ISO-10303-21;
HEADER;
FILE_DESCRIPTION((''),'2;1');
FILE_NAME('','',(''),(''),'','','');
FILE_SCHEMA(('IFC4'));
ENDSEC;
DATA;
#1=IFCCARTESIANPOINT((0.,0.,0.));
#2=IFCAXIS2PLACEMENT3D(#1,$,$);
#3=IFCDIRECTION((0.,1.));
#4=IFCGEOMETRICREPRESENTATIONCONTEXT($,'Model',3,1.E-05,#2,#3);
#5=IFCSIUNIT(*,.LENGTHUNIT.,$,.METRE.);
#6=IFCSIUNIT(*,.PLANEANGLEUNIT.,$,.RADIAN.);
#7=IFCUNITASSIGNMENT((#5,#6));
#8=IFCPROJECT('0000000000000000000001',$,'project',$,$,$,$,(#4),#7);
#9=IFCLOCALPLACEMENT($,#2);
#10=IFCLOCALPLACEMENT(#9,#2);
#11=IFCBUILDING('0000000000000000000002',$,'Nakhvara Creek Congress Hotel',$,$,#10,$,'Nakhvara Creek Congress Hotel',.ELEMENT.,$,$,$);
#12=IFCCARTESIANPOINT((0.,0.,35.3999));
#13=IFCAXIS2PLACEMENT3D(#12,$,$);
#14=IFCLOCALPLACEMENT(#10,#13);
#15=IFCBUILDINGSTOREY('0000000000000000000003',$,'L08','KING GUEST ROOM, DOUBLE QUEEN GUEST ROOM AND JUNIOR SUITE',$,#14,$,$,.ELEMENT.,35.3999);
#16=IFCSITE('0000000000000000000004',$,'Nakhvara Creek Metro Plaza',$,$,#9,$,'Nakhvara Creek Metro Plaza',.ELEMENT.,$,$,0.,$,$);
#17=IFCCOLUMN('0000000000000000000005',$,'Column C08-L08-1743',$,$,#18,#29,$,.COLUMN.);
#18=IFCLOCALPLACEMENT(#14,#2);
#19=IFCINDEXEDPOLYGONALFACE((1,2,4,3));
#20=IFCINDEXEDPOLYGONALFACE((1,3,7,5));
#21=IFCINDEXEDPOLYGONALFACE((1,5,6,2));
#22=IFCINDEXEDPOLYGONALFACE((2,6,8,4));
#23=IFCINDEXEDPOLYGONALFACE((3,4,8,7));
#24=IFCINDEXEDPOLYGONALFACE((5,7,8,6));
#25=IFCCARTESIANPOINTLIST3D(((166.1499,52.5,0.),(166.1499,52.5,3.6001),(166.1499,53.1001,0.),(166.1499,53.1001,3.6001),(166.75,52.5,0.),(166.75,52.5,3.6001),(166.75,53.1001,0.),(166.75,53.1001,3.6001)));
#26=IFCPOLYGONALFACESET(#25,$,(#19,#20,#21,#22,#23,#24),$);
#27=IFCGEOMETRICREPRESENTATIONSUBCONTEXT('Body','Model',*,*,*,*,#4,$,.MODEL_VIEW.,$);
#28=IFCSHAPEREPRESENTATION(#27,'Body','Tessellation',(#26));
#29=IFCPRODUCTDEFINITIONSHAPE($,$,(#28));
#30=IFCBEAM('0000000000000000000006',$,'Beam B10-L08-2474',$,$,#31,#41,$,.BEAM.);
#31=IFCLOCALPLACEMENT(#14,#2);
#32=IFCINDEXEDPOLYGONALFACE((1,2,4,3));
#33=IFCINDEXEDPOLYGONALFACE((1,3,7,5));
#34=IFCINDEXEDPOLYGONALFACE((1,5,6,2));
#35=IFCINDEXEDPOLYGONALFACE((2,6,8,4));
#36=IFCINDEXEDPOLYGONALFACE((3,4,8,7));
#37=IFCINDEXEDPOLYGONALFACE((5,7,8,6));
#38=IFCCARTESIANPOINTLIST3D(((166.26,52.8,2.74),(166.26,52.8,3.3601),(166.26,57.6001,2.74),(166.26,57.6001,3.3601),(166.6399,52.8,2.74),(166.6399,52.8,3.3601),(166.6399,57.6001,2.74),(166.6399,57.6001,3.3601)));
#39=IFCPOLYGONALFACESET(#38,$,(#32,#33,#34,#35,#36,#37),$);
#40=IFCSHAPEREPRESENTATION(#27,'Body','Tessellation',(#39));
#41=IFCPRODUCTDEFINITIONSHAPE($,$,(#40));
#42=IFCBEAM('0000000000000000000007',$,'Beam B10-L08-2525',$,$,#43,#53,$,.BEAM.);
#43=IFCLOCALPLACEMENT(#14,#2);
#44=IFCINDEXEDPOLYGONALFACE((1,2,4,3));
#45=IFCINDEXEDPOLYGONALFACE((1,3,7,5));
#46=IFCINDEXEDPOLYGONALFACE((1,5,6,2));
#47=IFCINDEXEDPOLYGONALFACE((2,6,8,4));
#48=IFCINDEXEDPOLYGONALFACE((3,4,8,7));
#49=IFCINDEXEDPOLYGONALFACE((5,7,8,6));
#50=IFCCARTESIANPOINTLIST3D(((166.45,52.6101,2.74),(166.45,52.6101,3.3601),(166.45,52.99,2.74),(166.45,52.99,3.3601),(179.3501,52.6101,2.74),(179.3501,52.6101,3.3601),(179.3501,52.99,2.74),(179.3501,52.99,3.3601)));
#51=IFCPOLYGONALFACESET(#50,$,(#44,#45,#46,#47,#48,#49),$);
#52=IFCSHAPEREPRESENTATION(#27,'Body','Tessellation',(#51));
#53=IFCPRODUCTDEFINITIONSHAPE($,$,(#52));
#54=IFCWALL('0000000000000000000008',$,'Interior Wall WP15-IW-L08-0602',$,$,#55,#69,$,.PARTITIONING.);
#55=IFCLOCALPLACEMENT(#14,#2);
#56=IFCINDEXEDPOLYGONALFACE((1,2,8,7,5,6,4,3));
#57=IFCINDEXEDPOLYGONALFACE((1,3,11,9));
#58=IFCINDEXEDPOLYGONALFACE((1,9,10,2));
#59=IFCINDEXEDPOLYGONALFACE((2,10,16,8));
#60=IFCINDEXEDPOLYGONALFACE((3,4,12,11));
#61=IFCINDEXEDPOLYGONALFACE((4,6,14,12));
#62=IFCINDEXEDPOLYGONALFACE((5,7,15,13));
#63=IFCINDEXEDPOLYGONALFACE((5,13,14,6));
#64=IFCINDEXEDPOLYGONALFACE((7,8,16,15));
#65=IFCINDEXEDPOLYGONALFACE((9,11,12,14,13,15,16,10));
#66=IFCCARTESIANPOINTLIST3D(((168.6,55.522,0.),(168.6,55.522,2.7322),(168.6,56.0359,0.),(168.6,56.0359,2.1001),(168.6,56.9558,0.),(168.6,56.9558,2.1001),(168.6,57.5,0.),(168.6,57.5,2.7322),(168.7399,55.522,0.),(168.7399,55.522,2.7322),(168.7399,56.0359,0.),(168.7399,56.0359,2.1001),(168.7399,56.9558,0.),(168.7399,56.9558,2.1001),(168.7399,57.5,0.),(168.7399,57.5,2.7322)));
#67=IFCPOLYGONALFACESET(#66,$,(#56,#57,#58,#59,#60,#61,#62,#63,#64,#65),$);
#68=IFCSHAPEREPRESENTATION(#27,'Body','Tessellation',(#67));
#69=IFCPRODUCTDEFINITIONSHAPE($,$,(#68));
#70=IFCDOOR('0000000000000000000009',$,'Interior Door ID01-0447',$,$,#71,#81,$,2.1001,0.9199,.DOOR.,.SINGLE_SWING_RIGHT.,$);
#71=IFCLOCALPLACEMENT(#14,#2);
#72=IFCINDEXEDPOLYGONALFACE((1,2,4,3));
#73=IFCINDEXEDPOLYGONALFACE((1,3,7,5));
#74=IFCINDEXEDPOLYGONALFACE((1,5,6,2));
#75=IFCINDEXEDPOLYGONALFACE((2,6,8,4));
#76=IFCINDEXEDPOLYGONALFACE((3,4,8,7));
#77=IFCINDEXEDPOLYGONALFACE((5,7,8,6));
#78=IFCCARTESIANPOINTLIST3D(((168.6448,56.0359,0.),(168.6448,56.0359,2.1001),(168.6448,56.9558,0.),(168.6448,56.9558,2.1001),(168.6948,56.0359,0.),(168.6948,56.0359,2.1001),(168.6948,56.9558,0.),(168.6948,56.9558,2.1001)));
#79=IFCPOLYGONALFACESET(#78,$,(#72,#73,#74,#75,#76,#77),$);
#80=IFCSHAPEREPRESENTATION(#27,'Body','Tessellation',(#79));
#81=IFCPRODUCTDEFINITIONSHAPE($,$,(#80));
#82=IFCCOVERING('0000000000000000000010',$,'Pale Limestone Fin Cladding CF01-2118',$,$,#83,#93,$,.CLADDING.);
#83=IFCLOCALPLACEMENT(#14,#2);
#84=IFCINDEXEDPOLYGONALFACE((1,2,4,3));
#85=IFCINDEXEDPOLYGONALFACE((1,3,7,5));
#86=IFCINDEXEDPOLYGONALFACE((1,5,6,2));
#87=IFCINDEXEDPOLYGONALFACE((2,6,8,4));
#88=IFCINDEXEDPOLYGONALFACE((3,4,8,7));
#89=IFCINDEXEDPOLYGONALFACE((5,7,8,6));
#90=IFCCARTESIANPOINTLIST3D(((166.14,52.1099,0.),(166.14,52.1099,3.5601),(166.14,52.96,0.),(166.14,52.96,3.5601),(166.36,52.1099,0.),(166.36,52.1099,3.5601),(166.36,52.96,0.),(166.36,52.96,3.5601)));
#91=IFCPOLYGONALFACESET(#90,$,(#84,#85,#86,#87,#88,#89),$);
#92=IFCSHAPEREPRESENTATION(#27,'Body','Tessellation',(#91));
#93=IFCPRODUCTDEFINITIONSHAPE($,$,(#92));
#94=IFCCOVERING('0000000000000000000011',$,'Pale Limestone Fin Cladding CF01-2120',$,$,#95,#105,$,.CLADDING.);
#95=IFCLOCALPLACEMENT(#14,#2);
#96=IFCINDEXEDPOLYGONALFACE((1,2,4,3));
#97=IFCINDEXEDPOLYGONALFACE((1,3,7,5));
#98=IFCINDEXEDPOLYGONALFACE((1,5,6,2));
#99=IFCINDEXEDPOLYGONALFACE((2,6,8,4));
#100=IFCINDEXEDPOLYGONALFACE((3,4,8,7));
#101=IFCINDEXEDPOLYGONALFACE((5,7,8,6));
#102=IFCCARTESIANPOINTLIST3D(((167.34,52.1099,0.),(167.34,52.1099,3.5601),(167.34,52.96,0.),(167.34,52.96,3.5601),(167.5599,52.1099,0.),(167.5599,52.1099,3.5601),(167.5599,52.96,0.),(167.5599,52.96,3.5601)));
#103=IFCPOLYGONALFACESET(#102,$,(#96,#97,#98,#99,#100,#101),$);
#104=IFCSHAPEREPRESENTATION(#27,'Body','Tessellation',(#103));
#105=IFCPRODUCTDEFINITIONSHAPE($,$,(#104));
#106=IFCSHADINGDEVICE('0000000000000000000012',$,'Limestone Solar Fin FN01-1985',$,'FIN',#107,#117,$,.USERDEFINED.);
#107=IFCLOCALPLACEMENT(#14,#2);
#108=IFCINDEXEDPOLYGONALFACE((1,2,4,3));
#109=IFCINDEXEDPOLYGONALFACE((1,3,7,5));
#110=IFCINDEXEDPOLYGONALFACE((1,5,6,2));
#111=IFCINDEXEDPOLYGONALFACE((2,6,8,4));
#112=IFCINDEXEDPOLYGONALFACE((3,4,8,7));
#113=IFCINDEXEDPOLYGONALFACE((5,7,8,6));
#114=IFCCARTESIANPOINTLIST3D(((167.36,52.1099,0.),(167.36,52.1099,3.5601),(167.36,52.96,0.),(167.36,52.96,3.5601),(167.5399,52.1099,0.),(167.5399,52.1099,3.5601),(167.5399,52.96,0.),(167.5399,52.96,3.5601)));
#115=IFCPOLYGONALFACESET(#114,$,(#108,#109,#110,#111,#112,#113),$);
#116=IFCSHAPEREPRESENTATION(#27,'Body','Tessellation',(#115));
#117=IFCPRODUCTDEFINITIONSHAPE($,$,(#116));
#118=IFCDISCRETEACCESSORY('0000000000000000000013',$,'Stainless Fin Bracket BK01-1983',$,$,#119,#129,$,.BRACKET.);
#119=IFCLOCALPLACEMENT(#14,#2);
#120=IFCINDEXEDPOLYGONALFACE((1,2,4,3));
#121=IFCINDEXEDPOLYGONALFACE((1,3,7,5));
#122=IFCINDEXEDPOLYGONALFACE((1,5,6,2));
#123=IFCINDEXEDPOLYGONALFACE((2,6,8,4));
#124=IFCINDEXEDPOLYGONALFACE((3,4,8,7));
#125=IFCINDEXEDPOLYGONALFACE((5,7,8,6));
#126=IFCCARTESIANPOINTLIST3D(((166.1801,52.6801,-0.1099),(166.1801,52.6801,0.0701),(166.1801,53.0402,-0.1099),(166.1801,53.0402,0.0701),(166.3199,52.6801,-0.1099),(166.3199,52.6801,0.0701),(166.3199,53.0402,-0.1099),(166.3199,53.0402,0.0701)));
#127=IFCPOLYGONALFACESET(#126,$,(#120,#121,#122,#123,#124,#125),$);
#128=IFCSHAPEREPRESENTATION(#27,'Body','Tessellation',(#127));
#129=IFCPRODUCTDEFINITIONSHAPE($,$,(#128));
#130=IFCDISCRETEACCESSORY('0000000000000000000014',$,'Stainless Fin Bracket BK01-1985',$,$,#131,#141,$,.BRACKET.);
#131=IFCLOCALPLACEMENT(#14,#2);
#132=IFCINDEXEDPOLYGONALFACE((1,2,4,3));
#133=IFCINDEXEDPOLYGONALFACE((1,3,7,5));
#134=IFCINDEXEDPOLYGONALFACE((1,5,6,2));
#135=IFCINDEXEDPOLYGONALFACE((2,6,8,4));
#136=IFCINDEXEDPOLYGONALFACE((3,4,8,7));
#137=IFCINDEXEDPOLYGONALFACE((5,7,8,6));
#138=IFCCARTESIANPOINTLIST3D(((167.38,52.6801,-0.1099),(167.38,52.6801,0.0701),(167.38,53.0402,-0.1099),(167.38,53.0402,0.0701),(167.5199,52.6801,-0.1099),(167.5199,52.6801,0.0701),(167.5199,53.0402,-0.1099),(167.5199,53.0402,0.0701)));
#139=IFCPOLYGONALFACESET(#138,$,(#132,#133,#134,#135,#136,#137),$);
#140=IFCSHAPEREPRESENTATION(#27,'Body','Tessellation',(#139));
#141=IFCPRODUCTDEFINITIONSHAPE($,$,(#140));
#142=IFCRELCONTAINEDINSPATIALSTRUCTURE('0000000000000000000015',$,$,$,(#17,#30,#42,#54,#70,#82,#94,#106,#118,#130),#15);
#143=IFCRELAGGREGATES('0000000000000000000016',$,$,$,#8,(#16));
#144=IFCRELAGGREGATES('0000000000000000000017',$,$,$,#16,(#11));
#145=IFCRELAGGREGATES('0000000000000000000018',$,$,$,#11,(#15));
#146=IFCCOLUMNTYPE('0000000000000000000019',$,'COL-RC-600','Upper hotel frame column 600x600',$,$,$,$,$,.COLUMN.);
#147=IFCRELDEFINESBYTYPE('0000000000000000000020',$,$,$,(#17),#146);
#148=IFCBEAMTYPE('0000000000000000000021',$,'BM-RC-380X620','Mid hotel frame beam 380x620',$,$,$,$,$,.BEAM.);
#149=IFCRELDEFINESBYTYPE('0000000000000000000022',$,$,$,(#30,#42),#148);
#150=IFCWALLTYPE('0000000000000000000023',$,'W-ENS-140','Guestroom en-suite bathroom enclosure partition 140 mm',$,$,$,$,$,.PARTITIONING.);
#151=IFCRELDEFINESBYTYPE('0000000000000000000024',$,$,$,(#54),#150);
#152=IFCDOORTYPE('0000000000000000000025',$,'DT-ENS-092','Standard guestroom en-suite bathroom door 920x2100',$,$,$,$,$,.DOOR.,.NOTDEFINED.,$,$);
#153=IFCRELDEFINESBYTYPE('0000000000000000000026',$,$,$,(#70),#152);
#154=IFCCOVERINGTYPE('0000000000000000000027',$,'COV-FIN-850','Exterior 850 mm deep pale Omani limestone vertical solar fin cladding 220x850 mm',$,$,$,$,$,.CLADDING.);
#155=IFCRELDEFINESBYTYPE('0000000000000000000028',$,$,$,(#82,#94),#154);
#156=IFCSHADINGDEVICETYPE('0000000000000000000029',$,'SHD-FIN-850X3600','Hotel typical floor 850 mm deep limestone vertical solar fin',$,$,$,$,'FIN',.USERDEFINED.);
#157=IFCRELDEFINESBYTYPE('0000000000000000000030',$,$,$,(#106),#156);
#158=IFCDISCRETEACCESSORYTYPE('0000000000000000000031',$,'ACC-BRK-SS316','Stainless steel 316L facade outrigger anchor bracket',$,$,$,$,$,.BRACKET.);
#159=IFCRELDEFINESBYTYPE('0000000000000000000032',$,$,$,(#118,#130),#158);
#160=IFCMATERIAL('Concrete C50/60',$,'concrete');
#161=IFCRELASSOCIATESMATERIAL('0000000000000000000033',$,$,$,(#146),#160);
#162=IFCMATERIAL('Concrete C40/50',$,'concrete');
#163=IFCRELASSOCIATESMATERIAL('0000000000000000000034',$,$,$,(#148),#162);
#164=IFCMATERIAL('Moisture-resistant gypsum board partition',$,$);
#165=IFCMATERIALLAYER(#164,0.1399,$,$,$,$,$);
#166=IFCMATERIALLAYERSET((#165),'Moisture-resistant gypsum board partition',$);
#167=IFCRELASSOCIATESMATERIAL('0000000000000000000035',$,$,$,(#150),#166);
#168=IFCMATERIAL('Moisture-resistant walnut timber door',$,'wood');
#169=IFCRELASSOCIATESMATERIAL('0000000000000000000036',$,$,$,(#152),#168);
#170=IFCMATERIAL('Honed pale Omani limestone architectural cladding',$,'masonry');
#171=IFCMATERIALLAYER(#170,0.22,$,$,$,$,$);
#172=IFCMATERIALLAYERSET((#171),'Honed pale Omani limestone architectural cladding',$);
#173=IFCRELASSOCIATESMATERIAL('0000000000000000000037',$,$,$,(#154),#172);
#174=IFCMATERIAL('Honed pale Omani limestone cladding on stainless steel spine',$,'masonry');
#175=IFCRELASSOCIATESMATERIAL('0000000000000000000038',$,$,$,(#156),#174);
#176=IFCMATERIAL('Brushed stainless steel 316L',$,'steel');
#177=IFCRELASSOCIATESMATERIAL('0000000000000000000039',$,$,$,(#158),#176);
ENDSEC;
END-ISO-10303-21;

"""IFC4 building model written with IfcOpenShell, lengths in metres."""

from ifc_helpers import new_model, si_unit, direction, frame, frame_2d, origin, origin_2d, place, context, subcontext, project, spatial, rectangle, extrude, material, layer, layer_set, material_profile, profile_set, type_object, element, fill, save


model = new_model("IFC4")

# Units and contexts
model_context = context("Model", 3, precision=1e-05, world=origin(), true_north=direction((0.0, 1.0)))
body_context = subcontext(model_context, "Body", "Model", "MODEL_VIEW")
ifc_project = project(units=[si_unit("LENGTHUNIT", "METRE"), si_unit("PLANEANGLEUNIT", "RADIAN")], contexts=[model_context])

# Site, building, storey
site_placement = place(None, origin())
site = spatial("IfcSite", under=ifc_project, at=site_placement, Name="Nakhvara Creek Metro Plaza", LongName="Nakhvara Creek Metro Plaza", CompositionType="ELEMENT", RefElevation=0.0)
building_placement = place(site_placement, origin())
building = spatial("IfcBuilding", under=site, at=building_placement, Name="Nakhvara Creek Congress Hotel", LongName="Nakhvara Creek Congress Hotel", CompositionType="ELEMENT")
storey_placement = place(building_placement, frame((0.0, 0.0, 35.3999)))
storey = spatial("IfcBuildingStorey", under=building, at=storey_placement, Name="L08", Description="KING GUEST ROOM, DOUBLE QUEEN GUEST ROOM AND JUNIOR SUITE", CompositionType="ELEMENT", Elevation=35.3999)

# Column
ifc_material_1 = material(Name="Concrete C50/60", Category="concrete")
ifc_material_profile_1 = material_profile(ifc_material_1, rectangle(XDim=0.6001, YDim=0.6001, at=origin_2d()), Name="RC-COL 600x600", Category="LoadBearing")
ifc_profile_set_1 = profile_set([ifc_material_profile_1], Name="Concrete C50/60")
column_type = type_object("IfcColumnType", Name="COL-RC-600", Description="Upper hotel frame column 600x600", PredefinedType="COLUMN", material=ifc_profile_set_1)
column_placement = place(storey_placement, frame((166.45, 52.8, 0.0), z_axis=(0.0, 0.0, 1.0), x_axis=(1.0, 0.0, 0.0)))
element("IfcColumn", 1, at=column_placement, inside=storey, type_object=column_type, Name="Column C08-L08-1743", PredefinedType="COLUMN", context=body_context, shape_type="SweptSolid", body=[
    extrude(rectangle(XDim=0.6001, YDim=0.6001, at=origin_2d()), origin(), (0.0, 0.0, 1.0), 3.6001),
])

# Beams
ifc_material_2 = material(Name="Concrete C40/50", Category="concrete")
ifc_material_profile_2 = material_profile(ifc_material_2, rectangle(XDim=0.3799, YDim=0.6201, at=origin_2d()), Name="RC-BM 380x620", Category="LoadBearing")
ifc_profile_set_2 = profile_set([ifc_material_profile_2], Name="Concrete C40/50")
beam_type = type_object("IfcBeamType", Name="BM-RC-380X620", Description="Mid hotel frame beam 380x620", PredefinedType="BEAM", material=ifc_profile_set_2)
beam_1_placement = place(storey_placement, frame((166.45, 52.8, 3.05), z_axis=(0.0, 1.0, 0.0), x_axis=(-1.0, 0.0, 0.0)))
element("IfcBeam", 2, at=beam_1_placement, inside=storey, type_object=beam_type, Name="Beam B10-L08-2474", PredefinedType="BEAM", context=body_context, shape_type="SweptSolid", body=[
    extrude(rectangle(XDim=0.3799, YDim=0.6201, at=origin_2d()), origin(), (0.0, 0.0, 1.0), 4.8),
])
beam_2_placement = place(storey_placement, frame((166.45, 52.8, 3.05), z_axis=(1.0, 0.0, 0.0), x_axis=(0.0, 1.0, 0.0)))
element("IfcBeam", 3, at=beam_2_placement, inside=storey, type_object=beam_type, Name="Beam B10-L08-2525", PredefinedType="BEAM", context=body_context, shape_type="SweptSolid", body=[
    extrude(rectangle(XDim=0.3799, YDim=0.6201, at=origin_2d()), origin(), (0.0, 0.0, 1.0), 12.9001),
])

# Wall, opening, door
ifc_material_3 = material(Name="Moisture-resistant gypsum board partition")
ifc_layer_1 = layer(ifc_material_3, 0.1399)
ifc_layer_set_1 = layer_set([ifc_layer_1], Name="Moisture-resistant gypsum board partition")
wall_type = type_object("IfcWallType", Name="W-ENS-140", Description="Guestroom en-suite bathroom enclosure partition 140 mm", PredefinedType="PARTITIONING", material=ifc_layer_set_1)
wall_placement = place(storey_placement, frame((168.6699, 55.522, 0.0), z_axis=(0.0, 0.0, 1.0), x_axis=(0.0, 1.0, 0.0)))
wall = element("IfcWall", 4, at=wall_placement, inside=storey, type_object=wall_type, Name="Interior Wall WP15-IW-L08-0602", PredefinedType="PARTITIONING", context=body_context, shape_type="SweptSolid", body=[
    extrude(rectangle(XDim=1.978, YDim=0.1399, at=frame_2d((0.989, 0.0))), origin(), (0.0, 0.0, 1.0), 2.7322),
])
opening_placement = place(wall_placement, frame((0.5139, 0.0, 0.0)))
opening = element("IfcOpeningElement", 5, at=opening_placement, cuts=wall, PredefinedType="OPENING", context=body_context, shape_type="SweptSolid", body=[
    extrude(rectangle(XDim=0.9199, YDim=2.1001, at=frame_2d((0.46, 1.05))), frame((0.0, 0.082, 0.0), z_axis=(0.0, -1.0, 0.0), x_axis=(1.0, 0.0, 0.0)), (0.0, 0.0, 1.0), 0.1638),
])
ifc_material_4 = material(Name="Moisture-resistant walnut timber door", Category="wood")
door_type = type_object("IfcDoorType", Name="DT-ENS-092", Description="Standard guestroom en-suite bathroom door 920x2100", OperationType="NOTDEFINED", PredefinedType="DOOR", material=ifc_material_4)
door_placement = place(opening_placement, frame((0.9199, 0.0, 0.0), z_axis=(0.0, 0.0, 1.0), x_axis=(-1.0, 0.0, 0.0)))
door = element("IfcDoor", 6, at=door_placement, inside=storey, type_object=door_type, Name="Interior Door ID01-0447", OperationType="SINGLE_SWING_RIGHT", OverallHeight=2.1001, OverallWidth=0.9199, PredefinedType="DOOR", context=body_context, shape_type="SweptSolid", body=[
    extrude(rectangle(XDim=0.9199, YDim=2.1001, at=frame_2d((0.46, 1.05))), frame((0.0, 0.0249, 0.0), z_axis=(0.0, -1.0, 0.0), x_axis=(1.0, 0.0, 0.0)), (0.0, 0.0, 1.0), 0.05),
])
fill(opening, door)

# Coverings
ifc_material_5 = material(Name="Honed pale Omani limestone architectural cladding", Category="masonry")
ifc_layer_2 = layer(ifc_material_5, 0.22)
ifc_layer_set_2 = layer_set([ifc_layer_2], Name="Honed pale Omani limestone architectural cladding")
covering_type = type_object("IfcCoveringType", Name="COV-FIN-850", Description="Exterior 850 mm deep pale Omani limestone vertical solar fin cladding 220x850 mm", PredefinedType="CLADDING", material=ifc_layer_set_2)
for number, where, z_axis, x_axis, name in (
    (7, (166.25, 52.5349, 0.0), (0.0, 0.0, 1.0), (1.0, 0.0, 0.0), "Pale Limestone Fin Cladding CF01-2118"),
    (8, (167.45, 52.5349, 0.0), (0.0, 0.0, 1.0), (1.0, 0.0, 0.0), "Pale Limestone Fin Cladding CF01-2120"),
):
    element("IfcCovering", number, at=place(storey_placement, frame(where, z_axis=z_axis, x_axis=x_axis)), inside=storey, type_object=covering_type, Name=name, PredefinedType="CLADDING", context=body_context, shape_type="SweptSolid", body=[
        extrude(rectangle(XDim=0.22, YDim=0.8501, at=origin_2d()), origin(), (0.0, 0.0, 1.0), 3.5601),
    ])

# Shading device
ifc_material_6 = material(Name="Honed pale Omani limestone cladding on stainless steel spine", Category="masonry")
shading_device_type = type_object("IfcShadingDeviceType", Name="SHD-FIN-850X3600", Description="Hotel typical floor 850 mm deep limestone vertical solar fin", ElementType="FIN", PredefinedType="USERDEFINED", material=ifc_material_6)
shading_device_placement = place(storey_placement, frame((167.45, 52.5349, 0.0), z_axis=(0.0, 0.0, 1.0), x_axis=(1.0, 0.0, 0.0)))
element("IfcShadingDevice", 9, at=shading_device_placement, inside=storey, type_object=shading_device_type, Name="Limestone Solar Fin FN01-1985", ObjectType="FIN", PredefinedType="USERDEFINED", context=body_context, shape_type="SweptSolid", body=[
    extrude(rectangle(XDim=0.1799, YDim=0.8501, at=origin_2d()), origin(), (0.0, 0.0, 1.0), 3.5601),
])

# Discrete accessories
ifc_material_7 = material(Name="Brushed stainless steel 316L", Category="steel")
discrete_accessory_type = type_object("IfcDiscreteAccessoryType", Name="ACC-BRK-SS316", Description="Stainless steel 316L facade outrigger anchor bracket", PredefinedType="BRACKET", material=ifc_material_7)
for number, where, z_axis, x_axis, name in (
    (10, (166.25, 52.8601, -0.1099), (0.0, 0.0, 1.0), (1.0, 0.0, 0.0), "Stainless Fin Bracket BK01-1983"),
    (11, (167.45, 52.8601, -0.1099), (0.0, 0.0, 1.0), (1.0, 0.0, 0.0), "Stainless Fin Bracket BK01-1985"),
):
    element("IfcDiscreteAccessory", number, at=place(storey_placement, frame(where, z_axis=z_axis, x_axis=x_axis)), inside=storey, type_object=discrete_accessory_type, Name=name, PredefinedType="BRACKET", context=body_context, shape_type="SweptSolid", body=[
        extrude(rectangle(XDim=0.1399, YDim=0.3601, at=origin_2d()), origin(), (0.0, 0.0, 1.0), 0.1799),
    ])

save(model, "model.ifc")
